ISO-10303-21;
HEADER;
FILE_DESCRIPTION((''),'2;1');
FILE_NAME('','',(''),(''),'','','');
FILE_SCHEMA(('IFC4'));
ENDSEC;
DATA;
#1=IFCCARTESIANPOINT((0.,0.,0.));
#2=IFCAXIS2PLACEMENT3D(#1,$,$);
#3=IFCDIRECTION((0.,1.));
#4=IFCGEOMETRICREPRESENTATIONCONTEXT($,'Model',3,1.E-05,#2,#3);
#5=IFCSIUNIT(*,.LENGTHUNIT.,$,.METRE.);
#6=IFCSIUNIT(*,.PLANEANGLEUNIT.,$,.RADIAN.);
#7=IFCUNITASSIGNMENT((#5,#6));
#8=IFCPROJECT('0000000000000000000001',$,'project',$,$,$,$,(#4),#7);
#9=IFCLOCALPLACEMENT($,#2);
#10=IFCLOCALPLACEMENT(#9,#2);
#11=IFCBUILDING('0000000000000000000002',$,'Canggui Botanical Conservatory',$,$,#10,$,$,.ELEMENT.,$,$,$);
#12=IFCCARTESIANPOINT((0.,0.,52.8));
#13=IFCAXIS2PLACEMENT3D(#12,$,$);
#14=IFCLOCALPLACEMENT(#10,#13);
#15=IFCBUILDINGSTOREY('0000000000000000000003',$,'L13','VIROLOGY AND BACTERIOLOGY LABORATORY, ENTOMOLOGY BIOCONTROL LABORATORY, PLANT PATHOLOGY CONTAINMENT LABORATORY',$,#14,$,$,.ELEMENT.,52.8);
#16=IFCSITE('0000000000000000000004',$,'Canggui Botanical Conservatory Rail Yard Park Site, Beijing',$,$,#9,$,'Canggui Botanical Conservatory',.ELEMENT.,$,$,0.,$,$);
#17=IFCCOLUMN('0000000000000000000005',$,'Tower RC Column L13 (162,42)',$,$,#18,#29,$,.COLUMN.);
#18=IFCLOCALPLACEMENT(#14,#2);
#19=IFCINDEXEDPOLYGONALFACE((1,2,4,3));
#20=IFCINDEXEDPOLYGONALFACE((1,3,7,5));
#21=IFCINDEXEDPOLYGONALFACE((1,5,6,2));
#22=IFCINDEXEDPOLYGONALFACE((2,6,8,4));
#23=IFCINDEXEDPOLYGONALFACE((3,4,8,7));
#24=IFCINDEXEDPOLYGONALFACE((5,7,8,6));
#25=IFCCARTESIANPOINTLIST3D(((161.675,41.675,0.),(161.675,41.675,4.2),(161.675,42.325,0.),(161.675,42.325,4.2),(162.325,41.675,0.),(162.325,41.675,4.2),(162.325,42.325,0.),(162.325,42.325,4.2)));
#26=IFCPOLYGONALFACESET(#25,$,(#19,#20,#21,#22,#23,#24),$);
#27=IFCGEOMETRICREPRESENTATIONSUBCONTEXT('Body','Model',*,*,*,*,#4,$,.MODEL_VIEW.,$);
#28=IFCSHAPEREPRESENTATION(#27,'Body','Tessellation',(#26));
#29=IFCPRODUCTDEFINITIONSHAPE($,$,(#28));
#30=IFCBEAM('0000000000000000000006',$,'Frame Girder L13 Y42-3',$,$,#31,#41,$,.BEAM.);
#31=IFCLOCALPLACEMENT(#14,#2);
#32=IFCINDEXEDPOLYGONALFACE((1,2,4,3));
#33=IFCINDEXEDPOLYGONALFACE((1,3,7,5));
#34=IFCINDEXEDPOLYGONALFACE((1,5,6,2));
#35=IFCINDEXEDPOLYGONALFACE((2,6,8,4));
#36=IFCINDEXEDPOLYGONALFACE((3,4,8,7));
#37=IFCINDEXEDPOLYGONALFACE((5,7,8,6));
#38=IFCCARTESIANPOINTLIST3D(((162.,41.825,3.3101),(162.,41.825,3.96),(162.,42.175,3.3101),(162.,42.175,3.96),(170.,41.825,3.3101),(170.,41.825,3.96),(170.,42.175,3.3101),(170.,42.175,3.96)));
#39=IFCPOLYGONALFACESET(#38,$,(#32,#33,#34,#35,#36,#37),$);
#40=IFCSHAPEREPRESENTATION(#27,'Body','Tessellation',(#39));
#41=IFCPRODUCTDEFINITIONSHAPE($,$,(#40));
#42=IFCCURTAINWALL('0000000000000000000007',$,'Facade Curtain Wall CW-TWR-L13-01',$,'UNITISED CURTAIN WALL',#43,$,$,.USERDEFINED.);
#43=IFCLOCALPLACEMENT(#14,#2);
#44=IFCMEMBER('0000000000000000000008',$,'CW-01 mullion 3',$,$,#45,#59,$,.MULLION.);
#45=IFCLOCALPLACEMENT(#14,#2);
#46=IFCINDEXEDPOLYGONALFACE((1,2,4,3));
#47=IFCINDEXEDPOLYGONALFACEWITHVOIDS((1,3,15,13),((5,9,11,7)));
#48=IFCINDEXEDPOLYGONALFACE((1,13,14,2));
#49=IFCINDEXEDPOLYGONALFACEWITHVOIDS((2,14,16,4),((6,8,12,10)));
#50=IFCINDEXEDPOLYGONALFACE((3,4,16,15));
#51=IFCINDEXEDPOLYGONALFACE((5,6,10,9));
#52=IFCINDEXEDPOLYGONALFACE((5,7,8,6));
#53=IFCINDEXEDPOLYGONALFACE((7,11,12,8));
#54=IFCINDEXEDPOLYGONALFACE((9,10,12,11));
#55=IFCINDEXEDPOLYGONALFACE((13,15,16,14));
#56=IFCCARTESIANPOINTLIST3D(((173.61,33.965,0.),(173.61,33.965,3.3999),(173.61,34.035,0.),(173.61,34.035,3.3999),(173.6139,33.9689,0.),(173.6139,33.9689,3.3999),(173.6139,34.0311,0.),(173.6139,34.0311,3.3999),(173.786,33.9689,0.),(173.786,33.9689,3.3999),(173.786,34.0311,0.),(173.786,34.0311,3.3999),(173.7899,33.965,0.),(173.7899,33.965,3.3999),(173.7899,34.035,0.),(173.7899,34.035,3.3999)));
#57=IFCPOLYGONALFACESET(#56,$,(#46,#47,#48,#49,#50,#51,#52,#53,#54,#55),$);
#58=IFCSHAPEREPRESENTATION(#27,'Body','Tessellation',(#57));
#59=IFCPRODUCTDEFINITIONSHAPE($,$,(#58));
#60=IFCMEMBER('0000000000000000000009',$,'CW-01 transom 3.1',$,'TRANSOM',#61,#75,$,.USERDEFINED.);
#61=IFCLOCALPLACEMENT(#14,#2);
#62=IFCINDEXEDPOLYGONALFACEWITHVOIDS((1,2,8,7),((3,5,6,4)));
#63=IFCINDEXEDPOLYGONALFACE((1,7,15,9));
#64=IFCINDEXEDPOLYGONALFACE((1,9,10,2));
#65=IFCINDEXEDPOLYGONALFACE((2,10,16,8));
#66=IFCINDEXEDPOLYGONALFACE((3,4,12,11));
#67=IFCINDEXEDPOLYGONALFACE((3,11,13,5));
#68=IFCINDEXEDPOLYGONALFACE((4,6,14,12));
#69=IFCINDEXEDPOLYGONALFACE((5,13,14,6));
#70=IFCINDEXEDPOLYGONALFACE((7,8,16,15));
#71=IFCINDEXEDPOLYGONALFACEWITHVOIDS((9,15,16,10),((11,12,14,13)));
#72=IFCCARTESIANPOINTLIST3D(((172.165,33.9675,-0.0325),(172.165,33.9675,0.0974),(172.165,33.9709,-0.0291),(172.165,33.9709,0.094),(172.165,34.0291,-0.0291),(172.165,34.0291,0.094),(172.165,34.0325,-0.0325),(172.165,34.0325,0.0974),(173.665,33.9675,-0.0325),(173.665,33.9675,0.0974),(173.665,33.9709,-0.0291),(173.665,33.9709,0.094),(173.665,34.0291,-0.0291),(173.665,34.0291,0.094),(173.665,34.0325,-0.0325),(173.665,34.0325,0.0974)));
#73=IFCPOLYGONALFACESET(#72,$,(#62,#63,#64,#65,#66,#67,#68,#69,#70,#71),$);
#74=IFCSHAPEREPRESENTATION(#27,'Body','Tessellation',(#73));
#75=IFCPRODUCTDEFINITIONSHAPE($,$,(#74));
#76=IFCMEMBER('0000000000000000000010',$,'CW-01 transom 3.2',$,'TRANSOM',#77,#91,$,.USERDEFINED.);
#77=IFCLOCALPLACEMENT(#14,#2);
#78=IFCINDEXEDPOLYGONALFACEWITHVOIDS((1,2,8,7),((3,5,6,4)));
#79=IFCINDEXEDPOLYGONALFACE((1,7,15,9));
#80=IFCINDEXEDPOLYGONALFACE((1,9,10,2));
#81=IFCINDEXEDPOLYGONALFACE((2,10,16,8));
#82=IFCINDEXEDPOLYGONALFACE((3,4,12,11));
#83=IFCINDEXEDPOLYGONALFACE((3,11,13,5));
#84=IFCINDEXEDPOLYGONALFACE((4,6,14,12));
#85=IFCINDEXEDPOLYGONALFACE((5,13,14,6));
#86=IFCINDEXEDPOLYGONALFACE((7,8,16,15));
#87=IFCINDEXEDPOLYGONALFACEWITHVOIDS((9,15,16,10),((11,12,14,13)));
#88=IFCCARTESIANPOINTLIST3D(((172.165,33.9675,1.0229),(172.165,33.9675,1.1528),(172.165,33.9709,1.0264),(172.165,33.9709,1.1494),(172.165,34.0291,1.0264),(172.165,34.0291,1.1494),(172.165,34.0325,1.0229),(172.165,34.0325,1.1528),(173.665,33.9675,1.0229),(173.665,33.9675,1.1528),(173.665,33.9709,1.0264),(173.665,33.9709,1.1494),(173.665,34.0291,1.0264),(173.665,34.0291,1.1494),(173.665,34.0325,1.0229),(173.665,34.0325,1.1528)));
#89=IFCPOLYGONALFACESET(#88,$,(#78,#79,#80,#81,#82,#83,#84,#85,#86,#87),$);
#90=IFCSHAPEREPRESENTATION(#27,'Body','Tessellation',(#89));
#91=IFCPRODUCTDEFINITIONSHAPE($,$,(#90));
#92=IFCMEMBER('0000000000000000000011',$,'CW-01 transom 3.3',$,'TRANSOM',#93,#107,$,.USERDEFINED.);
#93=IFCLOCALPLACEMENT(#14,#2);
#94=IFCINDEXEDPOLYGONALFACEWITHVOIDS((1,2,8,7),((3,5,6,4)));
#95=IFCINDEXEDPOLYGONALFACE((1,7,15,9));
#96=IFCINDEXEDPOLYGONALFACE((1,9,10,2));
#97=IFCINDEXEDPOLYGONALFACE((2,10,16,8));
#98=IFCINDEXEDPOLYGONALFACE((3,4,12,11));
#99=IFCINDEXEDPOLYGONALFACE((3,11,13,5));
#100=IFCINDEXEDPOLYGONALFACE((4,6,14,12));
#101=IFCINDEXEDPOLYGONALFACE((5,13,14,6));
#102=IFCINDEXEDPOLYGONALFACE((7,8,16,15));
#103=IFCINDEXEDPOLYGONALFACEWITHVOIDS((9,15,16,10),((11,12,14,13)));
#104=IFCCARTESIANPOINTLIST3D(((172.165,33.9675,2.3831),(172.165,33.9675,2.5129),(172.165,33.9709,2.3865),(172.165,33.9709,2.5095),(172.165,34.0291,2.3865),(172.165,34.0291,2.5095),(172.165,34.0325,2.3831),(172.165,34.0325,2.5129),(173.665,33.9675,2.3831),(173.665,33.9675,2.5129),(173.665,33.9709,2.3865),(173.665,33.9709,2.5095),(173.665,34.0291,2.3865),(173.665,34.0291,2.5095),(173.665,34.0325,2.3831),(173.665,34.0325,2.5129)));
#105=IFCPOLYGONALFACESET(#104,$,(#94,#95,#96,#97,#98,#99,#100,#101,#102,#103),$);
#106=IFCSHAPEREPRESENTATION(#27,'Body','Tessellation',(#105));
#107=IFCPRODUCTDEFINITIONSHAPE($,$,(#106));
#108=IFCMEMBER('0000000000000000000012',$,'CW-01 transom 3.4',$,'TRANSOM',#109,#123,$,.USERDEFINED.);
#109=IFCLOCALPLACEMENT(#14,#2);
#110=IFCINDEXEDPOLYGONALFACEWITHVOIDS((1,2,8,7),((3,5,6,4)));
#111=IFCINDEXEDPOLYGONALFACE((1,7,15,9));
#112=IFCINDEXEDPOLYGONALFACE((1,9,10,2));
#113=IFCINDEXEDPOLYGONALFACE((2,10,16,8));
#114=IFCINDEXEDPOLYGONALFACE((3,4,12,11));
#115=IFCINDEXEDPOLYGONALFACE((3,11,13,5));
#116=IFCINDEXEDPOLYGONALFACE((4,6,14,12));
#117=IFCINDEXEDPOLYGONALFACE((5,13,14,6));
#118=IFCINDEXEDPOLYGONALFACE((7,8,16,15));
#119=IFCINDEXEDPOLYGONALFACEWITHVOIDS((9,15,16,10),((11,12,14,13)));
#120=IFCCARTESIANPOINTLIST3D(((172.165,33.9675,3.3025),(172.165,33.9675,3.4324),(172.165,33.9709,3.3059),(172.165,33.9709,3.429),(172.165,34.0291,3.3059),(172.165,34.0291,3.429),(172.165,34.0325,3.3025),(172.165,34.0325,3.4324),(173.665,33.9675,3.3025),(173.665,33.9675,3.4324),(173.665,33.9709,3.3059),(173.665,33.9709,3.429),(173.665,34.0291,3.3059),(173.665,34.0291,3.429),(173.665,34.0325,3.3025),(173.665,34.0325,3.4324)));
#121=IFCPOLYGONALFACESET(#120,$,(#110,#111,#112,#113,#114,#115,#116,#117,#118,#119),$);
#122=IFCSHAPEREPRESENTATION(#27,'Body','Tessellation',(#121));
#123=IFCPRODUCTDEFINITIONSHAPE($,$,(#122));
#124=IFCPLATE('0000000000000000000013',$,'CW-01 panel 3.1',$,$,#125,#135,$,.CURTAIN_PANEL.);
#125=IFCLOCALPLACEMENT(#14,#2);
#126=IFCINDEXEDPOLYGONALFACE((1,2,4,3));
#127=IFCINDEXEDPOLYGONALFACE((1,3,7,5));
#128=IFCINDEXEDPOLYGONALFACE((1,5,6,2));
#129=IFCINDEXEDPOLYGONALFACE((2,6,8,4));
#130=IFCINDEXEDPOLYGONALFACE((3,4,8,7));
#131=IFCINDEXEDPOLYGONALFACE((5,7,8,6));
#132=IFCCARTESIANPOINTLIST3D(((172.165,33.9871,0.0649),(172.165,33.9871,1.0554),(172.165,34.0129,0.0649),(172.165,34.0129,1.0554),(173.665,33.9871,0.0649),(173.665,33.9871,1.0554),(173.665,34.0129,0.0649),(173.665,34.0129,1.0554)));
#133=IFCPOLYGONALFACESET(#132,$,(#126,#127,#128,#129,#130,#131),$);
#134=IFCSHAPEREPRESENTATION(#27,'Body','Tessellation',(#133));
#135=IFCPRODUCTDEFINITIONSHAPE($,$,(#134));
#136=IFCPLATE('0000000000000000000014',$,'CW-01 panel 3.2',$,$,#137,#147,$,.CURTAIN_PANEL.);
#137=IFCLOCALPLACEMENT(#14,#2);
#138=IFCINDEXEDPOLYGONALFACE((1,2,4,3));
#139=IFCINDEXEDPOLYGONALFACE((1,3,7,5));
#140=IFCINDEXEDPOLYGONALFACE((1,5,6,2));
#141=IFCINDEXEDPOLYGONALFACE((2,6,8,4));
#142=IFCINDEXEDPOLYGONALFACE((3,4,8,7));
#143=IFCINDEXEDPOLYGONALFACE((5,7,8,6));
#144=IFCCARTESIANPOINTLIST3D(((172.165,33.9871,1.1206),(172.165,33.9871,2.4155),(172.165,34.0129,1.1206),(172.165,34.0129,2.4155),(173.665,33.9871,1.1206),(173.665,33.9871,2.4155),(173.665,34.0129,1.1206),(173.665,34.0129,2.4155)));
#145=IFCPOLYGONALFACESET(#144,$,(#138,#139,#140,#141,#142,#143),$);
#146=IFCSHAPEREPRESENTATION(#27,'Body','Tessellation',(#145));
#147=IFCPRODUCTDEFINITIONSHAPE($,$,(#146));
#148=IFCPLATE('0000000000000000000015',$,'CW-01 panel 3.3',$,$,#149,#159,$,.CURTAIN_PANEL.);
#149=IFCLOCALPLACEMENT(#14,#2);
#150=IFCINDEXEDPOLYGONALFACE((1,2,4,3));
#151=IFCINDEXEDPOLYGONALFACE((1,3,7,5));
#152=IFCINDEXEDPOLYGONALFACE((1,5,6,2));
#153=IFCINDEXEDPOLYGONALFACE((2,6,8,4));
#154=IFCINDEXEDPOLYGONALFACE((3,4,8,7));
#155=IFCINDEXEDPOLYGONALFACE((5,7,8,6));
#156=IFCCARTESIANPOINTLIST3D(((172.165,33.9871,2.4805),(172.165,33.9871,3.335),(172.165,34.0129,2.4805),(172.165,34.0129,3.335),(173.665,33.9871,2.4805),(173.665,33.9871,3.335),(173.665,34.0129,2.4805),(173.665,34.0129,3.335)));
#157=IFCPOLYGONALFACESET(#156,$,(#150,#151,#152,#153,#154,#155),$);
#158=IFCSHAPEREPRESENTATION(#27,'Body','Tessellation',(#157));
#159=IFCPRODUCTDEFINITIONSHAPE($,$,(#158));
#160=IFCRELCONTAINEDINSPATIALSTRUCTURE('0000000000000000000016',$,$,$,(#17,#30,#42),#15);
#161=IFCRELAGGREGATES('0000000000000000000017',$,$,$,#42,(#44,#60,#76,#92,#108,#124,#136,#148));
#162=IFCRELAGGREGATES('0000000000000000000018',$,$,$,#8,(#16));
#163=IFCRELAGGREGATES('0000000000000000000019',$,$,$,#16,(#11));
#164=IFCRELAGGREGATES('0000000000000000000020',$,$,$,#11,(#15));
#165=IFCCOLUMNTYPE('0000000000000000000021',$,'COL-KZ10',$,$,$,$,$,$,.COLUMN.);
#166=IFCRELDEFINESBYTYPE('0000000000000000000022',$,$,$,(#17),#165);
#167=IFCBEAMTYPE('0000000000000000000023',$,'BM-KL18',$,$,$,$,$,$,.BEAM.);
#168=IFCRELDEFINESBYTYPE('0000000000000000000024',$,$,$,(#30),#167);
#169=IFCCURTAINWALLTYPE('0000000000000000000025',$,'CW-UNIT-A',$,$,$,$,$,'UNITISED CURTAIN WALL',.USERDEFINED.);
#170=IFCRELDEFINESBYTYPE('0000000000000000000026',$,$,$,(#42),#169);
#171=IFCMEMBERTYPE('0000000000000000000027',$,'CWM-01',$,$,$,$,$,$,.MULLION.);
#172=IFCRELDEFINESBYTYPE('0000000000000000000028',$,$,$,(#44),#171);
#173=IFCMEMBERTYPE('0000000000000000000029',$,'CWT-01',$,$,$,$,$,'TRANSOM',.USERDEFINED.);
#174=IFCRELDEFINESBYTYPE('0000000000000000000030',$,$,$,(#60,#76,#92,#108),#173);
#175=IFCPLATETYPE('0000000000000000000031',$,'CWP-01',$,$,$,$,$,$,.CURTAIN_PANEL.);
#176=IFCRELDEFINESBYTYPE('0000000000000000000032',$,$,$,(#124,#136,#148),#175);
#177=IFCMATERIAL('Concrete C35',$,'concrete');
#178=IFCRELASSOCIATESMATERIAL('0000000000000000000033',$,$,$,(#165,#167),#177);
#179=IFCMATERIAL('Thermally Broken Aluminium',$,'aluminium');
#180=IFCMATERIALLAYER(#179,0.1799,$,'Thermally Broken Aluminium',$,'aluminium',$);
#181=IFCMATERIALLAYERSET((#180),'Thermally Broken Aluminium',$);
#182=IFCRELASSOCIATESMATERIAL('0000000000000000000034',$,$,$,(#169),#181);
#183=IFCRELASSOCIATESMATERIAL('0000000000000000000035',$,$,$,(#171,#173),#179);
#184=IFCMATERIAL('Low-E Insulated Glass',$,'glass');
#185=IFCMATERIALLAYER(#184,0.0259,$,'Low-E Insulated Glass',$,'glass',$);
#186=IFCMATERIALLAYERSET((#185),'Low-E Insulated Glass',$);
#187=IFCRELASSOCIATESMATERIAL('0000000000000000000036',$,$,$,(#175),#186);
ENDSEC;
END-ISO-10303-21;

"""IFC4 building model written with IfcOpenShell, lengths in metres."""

from ifc_helpers import new_model, si_unit, direction, frame, origin, origin_2d, place, context, subcontext, project, spatial, rectangle, hollow_rectangle, extrude, material, layer, layer_set, material_profile, profile_set, type_object, element, aggregate, save


model = new_model("IFC4")

# Units and contexts
model_context = context("Model", 3, precision=1e-05, world=origin(), true_north=direction((0.0, 1.0)))
body_context = subcontext(model_context, "Body", "Model", "MODEL_VIEW")
ifc_project = project(units=[si_unit("LENGTHUNIT", "METRE"), si_unit("PLANEANGLEUNIT", "RADIAN")], contexts=[model_context])

# Site, building, storey
site_placement = place(None, origin())
site = spatial("IfcSite", under=ifc_project, at=site_placement, Name="Canggui Botanical Conservatory Rail Yard Park Site, Beijing", LongName="Canggui Botanical Conservatory", CompositionType="ELEMENT", RefElevation=0.0)
building_placement = place(site_placement, origin())
building = spatial("IfcBuilding", under=site, at=building_placement, Name="Canggui Botanical Conservatory", CompositionType="ELEMENT")
storey_placement = place(building_placement, frame((0.0, 0.0, 52.8)))
storey = spatial("IfcBuildingStorey", under=building, at=storey_placement, Name="L13", Description="VIROLOGY AND BACTERIOLOGY LABORATORY, ENTOMOLOGY BIOCONTROL LABORATORY, PLANT PATHOLOGY CONTAINMENT LABORATORY", CompositionType="ELEMENT", Elevation=52.8)

# Column
ifc_material_1 = material(Name="Concrete C35", Category="concrete")
ifc_material_profile_1 = material_profile(ifc_material_1, rectangle(XDim=0.6499, YDim=0.6499, at=origin_2d()), Name="RC 650x650")
ifc_profile_set_1 = profile_set([ifc_material_profile_1], Name="Concrete C35")
column_type = type_object("IfcColumnType", Name="COL-KZ10", PredefinedType="COLUMN", material=ifc_profile_set_1)
column_placement = place(storey_placement, frame((162.0, 42.0, 0.0), z_axis=(0.0, 0.0, 1.0), x_axis=(1.0, 0.0, 0.0)))
element("IfcColumn", 1, at=column_placement, inside=storey, type_object=column_type, Name="Tower RC Column L13 (162,42)", PredefinedType="COLUMN", context=body_context, shape_type="SweptSolid", body=[
    extrude(rectangle(XDim=0.6499, YDim=0.6499, at=origin_2d()), origin(), (0.0, 0.0, 1.0), 4.2),
])

# Beam
ifc_material_profile_2 = material_profile(ifc_material_1, rectangle(XDim=0.3501, YDim=0.6499, at=origin_2d()), Name="RB 350x650")
ifc_profile_set_2 = profile_set([ifc_material_profile_2], Name="Concrete C35")
beam_type = type_object("IfcBeamType", Name="BM-KL18", PredefinedType="BEAM", material=ifc_profile_set_2)
beam_placement = place(storey_placement, frame((162.0, 42.0, 3.635), z_axis=(1.0, 0.0, 0.0), x_axis=(0.0, 1.0, 0.0)))
element("IfcBeam", 2, at=beam_placement, inside=storey, type_object=beam_type, Name="Frame Girder L13 Y42-3", PredefinedType="BEAM", context=body_context, shape_type="SweptSolid", body=[
    extrude(rectangle(XDim=0.3501, YDim=0.6499, at=origin_2d()), origin(), (0.0, 0.0, 1.0), 8.0),
])

# Curtain wall, members, plates
ifc_material_2 = material(Name="Thermally Broken Aluminium", Category="aluminium")
ifc_layer_1 = layer(ifc_material_2, 0.1799, Name="Thermally Broken Aluminium", Category="aluminium")
ifc_layer_set_1 = layer_set([ifc_layer_1], Name="Thermally Broken Aluminium")
curtain_wall_type = type_object("IfcCurtainWallType", Name="CW-UNIT-A", ElementType="UNITISED CURTAIN WALL", PredefinedType="USERDEFINED", material=ifc_layer_set_1)
curtain_wall_placement = place(storey_placement, origin())
curtain_wall = element("IfcCurtainWall", 3, at=curtain_wall_placement, inside=storey, type_object=curtain_wall_type, Name="Facade Curtain Wall CW-TWR-L13-01", ObjectType="UNITISED CURTAIN WALL", PredefinedType="USERDEFINED")
ifc_material_profile_3 = material_profile(ifc_material_2, hollow_rectangle(XDim=0.0701, YDim=0.1799, WallThickness=0.0039, at=origin_2d()), Name="CWM 70x180x4")
ifc_profile_set_3 = profile_set([ifc_material_profile_3], Name="Thermally Broken Aluminium")
member_type_1 = type_object("IfcMemberType", Name="CWM-01", PredefinedType="MULLION", material=ifc_profile_set_3)
member_1_placement = place(storey_placement, frame((173.7, 34.0, 0.0), z_axis=(0.0, 0.0, 1.0), x_axis=(0.0, -1.0, 0.0)))
member_1 = element("IfcMember", 4, at=member_1_placement, type_object=member_type_1, Name="CW-01 mullion 3", PredefinedType="MULLION", context=body_context, shape_type="SweptSolid", body=[
    extrude(hollow_rectangle(XDim=0.0701, YDim=0.1799, WallThickness=0.0039, at=origin_2d()), origin(), (0.0, 0.0, 1.0), 3.3999),
])
ifc_material_profile_4 = material_profile(ifc_material_2, hollow_rectangle(XDim=0.0649, YDim=0.1299, WallThickness=0.0034, at=origin_2d()), Name="CWT 65x130x3.5")
ifc_profile_set_4 = profile_set([ifc_material_profile_4], Name="Thermally Broken Aluminium")
member_type_2 = type_object("IfcMemberType", Name="CWT-01", ElementType="TRANSOM", PredefinedType="USERDEFINED", material=ifc_profile_set_4)
member_2_placement = place(storey_placement, frame((173.665, 34.0, 0.0325), z_axis=(-1.0, 0.0, 0.0), x_axis=(0.0, -1.0, 0.0)))
member_2 = element("IfcMember", 5, at=member_2_placement, type_object=member_type_2, Name="CW-01 transom 3.1", ObjectType="TRANSOM", PredefinedType="USERDEFINED", context=body_context, shape_type="SweptSolid", body=[
    extrude(hollow_rectangle(XDim=0.0649, YDim=0.1299, WallThickness=0.0034, at=origin_2d()), origin(), (0.0, 0.0, 1.0), 1.5),
])
member_3_placement = place(storey_placement, frame((173.665, 34.0, 1.0879), z_axis=(-1.0, 0.0, 0.0), x_axis=(0.0, -1.0, 0.0)))
member_3 = element("IfcMember", 6, at=member_3_placement, type_object=member_type_2, Name="CW-01 transom 3.2", ObjectType="TRANSOM", PredefinedType="USERDEFINED", context=body_context, shape_type="SweptSolid", body=[
    extrude(hollow_rectangle(XDim=0.0649, YDim=0.1299, WallThickness=0.0034, at=origin_2d()), origin(), (0.0, 0.0, 1.0), 1.5),
])
member_4_placement = place(storey_placement, frame((173.665, 34.0, 2.448), z_axis=(-1.0, 0.0, 0.0), x_axis=(0.0, -1.0, 0.0)))
member_4 = element("IfcMember", 7, at=member_4_placement, type_object=member_type_2, Name="CW-01 transom 3.3", ObjectType="TRANSOM", PredefinedType="USERDEFINED", context=body_context, shape_type="SweptSolid", body=[
    extrude(hollow_rectangle(XDim=0.0649, YDim=0.1299, WallThickness=0.0034, at=origin_2d()), origin(), (0.0, 0.0, 1.0), 1.5),
])
member_5_placement = place(storey_placement, frame((173.665, 34.0, 3.3674), z_axis=(-1.0, 0.0, 0.0), x_axis=(0.0, -1.0, 0.0)))
member_5 = element("IfcMember", 8, at=member_5_placement, type_object=member_type_2, Name="CW-01 transom 3.4", ObjectType="TRANSOM", PredefinedType="USERDEFINED", context=body_context, shape_type="SweptSolid", body=[
    extrude(hollow_rectangle(XDim=0.0649, YDim=0.1299, WallThickness=0.0034, at=origin_2d()), origin(), (0.0, 0.0, 1.0), 1.5),
])
ifc_material_3 = material(Name="Low-E Insulated Glass", Category="glass")
ifc_layer_2 = layer(ifc_material_3, 0.0259, Name="Low-E Insulated Glass", Category="glass")
ifc_layer_set_2 = layer_set([ifc_layer_2], Name="Low-E Insulated Glass")
plate_type = type_object("IfcPlateType", Name="CWP-01", PredefinedType="CURTAIN_PANEL", material=ifc_layer_set_2)
plate_1_placement = place(storey_placement, frame((172.915, 34.0, 0.0649), z_axis=(0.0, 0.0, 1.0), x_axis=(-1.0, 0.0, 0.0)))
plate_1 = element("IfcPlate", 9, at=plate_1_placement, type_object=plate_type, Name="CW-01 panel 3.1", PredefinedType="CURTAIN_PANEL", context=body_context, shape_type="SweptSolid", body=[
    extrude(rectangle(XDim=1.5, YDim=0.0259, at=origin_2d()), origin(), (0.0, 0.0, 1.0), 0.9905),
])
plate_2_placement = place(storey_placement, frame((172.915, 34.0, 1.1206), z_axis=(0.0, 0.0, 1.0), x_axis=(-1.0, 0.0, 0.0)))
plate_2 = element("IfcPlate", 10, at=plate_2_placement, type_object=plate_type, Name="CW-01 panel 3.2", PredefinedType="CURTAIN_PANEL", context=body_context, shape_type="SweptSolid", body=[
    extrude(rectangle(XDim=1.5, YDim=0.0259, at=origin_2d()), origin(), (0.0, 0.0, 1.0), 1.2949),
])
plate_3_placement = place(storey_placement, frame((172.915, 34.0, 2.4805), z_axis=(0.0, 0.0, 1.0), x_axis=(-1.0, 0.0, 0.0)))
plate_3 = element("IfcPlate", 11, at=plate_3_placement, type_object=plate_type, Name="CW-01 panel 3.3", PredefinedType="CURTAIN_PANEL", context=body_context, shape_type="SweptSolid", body=[
    extrude(rectangle(XDim=1.5, YDim=0.0259, at=origin_2d()), origin(), (0.0, 0.0, 1.0), 0.8545),
])
aggregate(curtain_wall, [member_1, member_2, member_3, member_4, member_5, plate_1, plate_2, plate_3])

save(model, "model.ifc")
